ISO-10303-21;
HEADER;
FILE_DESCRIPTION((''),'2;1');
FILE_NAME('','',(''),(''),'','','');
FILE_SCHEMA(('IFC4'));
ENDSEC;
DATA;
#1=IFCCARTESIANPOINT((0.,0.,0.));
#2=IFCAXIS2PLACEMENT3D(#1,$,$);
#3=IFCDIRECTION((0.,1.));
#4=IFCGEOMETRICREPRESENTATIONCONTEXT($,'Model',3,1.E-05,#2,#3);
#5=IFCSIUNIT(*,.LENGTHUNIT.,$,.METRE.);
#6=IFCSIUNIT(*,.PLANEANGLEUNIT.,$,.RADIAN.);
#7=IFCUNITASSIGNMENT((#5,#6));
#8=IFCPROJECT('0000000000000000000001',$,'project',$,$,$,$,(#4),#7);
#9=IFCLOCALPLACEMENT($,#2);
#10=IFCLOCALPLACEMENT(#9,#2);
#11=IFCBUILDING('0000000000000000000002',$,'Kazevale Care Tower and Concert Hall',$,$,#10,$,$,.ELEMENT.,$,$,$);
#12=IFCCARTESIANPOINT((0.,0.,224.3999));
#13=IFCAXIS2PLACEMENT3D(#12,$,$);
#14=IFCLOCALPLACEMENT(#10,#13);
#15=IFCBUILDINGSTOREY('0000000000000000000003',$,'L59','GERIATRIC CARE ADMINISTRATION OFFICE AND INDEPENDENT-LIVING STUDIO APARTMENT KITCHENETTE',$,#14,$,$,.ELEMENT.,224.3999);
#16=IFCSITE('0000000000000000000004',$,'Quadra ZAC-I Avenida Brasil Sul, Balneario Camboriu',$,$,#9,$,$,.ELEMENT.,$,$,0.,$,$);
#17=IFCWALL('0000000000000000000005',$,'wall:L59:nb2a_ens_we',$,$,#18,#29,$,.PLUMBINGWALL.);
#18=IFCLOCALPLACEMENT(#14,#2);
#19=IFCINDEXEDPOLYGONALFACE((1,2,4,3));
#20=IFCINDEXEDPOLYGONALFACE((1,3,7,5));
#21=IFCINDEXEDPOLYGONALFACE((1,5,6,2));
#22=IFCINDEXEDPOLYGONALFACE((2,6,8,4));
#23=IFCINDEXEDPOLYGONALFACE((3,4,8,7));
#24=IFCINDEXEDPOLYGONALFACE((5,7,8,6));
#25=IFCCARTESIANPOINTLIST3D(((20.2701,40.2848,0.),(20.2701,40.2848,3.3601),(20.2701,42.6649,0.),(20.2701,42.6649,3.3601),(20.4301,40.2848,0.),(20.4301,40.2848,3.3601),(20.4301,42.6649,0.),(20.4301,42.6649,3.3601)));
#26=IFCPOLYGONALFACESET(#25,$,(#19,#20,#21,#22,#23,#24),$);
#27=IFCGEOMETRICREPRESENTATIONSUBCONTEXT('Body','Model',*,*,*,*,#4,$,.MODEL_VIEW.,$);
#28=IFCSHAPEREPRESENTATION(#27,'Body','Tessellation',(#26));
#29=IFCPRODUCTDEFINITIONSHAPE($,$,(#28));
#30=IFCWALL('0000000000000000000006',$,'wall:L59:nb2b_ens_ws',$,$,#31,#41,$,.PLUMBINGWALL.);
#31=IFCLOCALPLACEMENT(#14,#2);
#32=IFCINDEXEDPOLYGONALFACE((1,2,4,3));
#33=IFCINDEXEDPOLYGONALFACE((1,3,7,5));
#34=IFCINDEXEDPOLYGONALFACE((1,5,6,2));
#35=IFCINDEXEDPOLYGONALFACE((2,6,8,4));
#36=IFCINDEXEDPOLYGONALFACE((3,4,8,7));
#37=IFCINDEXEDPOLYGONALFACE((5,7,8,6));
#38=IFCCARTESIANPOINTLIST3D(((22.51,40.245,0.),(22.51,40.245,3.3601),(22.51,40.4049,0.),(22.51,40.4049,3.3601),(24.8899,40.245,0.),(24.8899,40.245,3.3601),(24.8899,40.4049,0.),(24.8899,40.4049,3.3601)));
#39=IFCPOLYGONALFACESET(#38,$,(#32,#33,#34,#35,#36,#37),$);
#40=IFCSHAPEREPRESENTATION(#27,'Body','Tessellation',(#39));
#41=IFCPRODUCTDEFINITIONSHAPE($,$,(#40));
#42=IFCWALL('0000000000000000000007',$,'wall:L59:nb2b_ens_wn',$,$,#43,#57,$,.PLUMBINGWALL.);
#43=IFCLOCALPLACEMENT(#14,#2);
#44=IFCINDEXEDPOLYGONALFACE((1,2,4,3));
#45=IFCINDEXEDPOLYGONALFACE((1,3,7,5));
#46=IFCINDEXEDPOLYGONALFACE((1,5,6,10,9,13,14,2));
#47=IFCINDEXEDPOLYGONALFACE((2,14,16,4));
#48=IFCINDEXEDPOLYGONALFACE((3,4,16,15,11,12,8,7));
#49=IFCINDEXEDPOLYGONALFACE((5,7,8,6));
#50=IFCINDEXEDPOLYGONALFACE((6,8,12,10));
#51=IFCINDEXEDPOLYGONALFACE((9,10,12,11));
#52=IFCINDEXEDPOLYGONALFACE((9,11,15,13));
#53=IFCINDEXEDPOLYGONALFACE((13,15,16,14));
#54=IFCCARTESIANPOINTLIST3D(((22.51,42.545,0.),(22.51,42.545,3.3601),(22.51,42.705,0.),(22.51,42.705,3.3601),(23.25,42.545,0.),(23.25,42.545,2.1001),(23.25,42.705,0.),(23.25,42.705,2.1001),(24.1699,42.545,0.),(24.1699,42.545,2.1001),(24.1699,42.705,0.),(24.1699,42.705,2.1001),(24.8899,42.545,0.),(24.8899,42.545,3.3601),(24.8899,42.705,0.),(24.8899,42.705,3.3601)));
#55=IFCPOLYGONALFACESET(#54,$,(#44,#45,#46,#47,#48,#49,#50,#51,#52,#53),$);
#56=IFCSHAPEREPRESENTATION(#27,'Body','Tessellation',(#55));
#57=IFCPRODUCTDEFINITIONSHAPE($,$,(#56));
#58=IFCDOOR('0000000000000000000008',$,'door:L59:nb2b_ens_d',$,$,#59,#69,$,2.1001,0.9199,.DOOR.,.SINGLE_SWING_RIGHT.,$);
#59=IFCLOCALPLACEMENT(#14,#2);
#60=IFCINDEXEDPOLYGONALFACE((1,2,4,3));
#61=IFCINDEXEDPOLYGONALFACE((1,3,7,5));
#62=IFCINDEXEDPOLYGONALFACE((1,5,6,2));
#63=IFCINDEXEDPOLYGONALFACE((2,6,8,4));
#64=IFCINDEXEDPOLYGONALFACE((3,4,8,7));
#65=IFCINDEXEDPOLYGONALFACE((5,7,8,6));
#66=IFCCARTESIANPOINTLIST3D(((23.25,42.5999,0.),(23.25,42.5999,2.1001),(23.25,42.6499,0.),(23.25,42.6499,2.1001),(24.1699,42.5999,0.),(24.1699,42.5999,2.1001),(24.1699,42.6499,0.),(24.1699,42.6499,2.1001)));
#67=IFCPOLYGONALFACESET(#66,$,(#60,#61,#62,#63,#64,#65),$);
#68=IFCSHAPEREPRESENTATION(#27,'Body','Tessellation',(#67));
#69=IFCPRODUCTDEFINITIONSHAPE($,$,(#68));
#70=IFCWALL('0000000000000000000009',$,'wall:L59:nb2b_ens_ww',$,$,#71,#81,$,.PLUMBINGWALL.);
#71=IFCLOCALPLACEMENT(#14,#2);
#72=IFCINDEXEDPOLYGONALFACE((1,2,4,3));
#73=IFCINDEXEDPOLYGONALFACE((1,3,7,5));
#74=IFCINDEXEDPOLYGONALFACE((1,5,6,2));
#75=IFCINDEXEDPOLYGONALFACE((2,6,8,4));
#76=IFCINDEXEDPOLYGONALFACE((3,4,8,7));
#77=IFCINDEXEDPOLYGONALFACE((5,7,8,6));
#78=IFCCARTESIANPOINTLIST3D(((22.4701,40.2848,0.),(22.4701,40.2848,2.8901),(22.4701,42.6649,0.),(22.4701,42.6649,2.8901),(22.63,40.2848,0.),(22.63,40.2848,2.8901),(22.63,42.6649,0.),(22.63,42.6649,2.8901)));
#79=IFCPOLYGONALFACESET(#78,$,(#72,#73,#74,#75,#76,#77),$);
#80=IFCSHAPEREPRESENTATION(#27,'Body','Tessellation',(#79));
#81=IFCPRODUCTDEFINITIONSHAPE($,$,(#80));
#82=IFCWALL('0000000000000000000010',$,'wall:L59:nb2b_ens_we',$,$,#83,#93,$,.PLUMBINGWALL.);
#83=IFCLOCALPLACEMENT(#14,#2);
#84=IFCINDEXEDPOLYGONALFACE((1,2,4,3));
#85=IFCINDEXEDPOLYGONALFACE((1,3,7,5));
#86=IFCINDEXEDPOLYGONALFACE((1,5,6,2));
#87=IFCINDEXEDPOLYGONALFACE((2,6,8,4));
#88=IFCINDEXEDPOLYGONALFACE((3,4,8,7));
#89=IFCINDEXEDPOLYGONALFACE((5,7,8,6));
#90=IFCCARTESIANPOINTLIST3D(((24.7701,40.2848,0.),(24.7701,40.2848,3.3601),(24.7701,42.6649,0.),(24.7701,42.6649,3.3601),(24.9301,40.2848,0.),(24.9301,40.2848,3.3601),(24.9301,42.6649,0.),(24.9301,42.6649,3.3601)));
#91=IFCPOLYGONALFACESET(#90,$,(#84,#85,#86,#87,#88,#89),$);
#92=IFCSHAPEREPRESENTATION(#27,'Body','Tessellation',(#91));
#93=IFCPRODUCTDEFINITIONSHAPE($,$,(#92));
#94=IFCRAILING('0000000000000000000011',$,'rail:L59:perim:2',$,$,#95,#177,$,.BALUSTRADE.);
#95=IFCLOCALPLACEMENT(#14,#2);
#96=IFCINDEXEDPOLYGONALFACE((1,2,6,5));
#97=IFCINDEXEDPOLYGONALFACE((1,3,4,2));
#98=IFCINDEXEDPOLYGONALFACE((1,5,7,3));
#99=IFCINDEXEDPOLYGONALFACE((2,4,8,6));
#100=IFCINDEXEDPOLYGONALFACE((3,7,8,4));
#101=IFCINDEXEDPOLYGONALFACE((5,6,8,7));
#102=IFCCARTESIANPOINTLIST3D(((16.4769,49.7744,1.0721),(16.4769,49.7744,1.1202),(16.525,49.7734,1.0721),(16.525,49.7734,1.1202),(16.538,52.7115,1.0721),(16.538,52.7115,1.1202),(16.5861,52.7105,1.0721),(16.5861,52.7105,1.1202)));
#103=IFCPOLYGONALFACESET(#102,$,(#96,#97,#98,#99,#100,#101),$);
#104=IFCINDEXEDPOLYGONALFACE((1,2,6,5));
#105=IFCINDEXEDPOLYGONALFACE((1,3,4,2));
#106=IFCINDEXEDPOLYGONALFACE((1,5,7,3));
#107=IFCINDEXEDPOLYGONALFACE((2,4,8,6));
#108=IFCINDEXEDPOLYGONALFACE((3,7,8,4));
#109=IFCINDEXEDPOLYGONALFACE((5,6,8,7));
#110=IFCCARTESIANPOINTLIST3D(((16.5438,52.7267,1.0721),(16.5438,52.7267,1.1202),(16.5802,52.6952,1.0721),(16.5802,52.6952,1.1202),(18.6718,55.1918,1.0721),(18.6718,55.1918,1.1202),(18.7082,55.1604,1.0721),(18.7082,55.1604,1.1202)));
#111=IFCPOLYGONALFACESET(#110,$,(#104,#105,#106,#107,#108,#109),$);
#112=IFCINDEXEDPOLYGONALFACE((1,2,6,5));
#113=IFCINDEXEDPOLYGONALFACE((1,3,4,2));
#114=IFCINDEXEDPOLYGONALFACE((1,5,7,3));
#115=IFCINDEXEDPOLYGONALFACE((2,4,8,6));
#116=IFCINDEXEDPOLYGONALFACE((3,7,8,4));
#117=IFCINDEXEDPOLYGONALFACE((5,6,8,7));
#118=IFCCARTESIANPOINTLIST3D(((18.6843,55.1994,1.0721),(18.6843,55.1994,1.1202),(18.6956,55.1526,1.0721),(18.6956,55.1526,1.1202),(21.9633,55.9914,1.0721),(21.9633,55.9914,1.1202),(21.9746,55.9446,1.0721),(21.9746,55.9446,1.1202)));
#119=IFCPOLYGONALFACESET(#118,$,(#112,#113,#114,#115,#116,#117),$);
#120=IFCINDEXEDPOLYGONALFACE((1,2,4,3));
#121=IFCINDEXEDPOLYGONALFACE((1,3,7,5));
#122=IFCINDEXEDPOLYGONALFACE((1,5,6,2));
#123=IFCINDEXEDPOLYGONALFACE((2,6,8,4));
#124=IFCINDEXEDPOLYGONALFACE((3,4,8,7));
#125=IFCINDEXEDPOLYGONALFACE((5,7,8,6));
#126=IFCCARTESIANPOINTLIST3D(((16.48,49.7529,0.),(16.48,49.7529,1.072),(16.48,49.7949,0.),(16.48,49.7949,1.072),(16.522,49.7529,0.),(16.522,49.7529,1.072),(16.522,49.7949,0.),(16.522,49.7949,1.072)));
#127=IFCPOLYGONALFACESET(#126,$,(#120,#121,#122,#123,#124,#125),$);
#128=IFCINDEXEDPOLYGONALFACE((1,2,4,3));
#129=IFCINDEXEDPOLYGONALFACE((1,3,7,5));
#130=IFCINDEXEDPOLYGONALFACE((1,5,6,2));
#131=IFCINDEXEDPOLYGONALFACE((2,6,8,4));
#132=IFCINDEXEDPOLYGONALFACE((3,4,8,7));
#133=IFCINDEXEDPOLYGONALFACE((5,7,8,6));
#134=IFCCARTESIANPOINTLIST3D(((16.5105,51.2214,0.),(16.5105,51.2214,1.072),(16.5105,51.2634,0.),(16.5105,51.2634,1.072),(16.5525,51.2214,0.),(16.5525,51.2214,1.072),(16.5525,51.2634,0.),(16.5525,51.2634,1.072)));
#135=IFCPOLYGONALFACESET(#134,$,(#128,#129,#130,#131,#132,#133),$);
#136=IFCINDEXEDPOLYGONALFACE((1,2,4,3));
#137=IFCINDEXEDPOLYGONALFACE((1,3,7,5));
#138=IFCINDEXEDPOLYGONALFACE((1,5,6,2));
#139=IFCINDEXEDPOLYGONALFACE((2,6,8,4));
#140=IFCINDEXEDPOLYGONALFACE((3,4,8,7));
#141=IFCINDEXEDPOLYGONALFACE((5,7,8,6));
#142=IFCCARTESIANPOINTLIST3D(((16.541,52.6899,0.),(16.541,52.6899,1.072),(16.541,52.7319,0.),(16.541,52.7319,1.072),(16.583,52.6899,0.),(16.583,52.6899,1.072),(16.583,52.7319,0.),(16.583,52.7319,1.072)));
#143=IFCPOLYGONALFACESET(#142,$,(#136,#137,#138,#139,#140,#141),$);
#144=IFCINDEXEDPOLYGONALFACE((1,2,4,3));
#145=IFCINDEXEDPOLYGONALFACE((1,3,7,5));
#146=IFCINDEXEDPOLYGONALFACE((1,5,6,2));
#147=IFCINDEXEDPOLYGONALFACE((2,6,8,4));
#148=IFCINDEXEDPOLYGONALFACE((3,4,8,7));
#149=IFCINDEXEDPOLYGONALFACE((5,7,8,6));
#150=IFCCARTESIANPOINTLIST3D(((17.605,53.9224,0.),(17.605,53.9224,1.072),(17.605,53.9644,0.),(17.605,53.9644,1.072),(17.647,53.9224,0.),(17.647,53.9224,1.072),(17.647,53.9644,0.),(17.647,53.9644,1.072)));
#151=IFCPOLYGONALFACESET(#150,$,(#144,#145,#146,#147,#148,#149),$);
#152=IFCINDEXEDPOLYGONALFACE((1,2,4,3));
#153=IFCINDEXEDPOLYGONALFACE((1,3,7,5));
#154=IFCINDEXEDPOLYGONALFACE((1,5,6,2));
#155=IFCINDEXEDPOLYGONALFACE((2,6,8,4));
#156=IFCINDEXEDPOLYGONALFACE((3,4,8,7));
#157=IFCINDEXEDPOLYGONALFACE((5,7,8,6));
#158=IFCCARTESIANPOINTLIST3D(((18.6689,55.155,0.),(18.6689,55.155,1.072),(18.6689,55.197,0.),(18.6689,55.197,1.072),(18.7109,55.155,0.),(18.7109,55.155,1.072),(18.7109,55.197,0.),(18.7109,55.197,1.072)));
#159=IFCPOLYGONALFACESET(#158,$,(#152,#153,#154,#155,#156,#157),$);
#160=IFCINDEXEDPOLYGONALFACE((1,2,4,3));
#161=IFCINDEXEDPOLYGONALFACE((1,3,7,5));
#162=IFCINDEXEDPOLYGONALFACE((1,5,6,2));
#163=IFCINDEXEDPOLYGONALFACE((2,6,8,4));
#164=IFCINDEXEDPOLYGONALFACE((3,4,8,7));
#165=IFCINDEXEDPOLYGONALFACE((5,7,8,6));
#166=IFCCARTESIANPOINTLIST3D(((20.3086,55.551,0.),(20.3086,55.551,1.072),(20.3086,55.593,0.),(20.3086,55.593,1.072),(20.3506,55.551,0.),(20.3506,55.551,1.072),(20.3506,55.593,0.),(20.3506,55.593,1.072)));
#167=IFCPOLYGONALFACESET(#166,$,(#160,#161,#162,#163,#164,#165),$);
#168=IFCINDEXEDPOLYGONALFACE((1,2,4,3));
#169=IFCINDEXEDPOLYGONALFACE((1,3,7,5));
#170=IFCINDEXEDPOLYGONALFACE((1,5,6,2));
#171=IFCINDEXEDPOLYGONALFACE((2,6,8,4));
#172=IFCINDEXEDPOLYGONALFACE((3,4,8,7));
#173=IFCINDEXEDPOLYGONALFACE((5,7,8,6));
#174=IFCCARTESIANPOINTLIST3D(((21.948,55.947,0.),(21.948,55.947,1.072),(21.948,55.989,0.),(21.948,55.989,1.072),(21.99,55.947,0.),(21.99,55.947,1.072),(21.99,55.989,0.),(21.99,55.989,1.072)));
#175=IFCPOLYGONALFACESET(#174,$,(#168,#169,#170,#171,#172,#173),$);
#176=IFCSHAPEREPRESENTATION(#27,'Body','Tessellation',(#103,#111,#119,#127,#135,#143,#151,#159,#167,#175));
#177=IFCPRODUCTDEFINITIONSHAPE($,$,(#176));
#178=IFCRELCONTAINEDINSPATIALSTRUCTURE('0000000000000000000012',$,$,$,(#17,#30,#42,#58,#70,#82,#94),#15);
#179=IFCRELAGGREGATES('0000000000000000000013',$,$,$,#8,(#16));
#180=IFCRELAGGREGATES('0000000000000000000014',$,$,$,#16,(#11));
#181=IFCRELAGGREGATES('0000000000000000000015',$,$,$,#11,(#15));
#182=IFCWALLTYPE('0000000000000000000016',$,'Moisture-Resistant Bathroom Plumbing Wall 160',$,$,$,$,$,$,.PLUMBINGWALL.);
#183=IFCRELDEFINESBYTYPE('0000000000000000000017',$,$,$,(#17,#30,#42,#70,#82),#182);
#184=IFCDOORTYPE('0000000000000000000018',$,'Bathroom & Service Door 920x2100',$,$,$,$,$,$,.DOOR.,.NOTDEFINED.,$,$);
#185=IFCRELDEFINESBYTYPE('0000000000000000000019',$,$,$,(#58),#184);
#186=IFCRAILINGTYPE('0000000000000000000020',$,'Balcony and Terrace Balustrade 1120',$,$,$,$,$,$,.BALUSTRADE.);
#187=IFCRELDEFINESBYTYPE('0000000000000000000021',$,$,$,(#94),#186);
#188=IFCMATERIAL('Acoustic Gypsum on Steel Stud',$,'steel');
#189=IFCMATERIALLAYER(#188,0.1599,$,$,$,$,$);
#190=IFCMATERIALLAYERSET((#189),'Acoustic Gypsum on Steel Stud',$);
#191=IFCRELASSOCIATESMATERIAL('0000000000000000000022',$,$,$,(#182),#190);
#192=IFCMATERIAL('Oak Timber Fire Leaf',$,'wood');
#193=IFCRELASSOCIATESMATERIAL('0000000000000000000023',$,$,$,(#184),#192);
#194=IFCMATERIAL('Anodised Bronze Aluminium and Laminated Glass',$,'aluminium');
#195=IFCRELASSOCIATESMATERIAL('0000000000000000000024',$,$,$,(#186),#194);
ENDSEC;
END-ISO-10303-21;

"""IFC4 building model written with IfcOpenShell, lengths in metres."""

from ifc_helpers import new_model, si_unit, direction, frame, frame_2d, origin, origin_2d, place, context, subcontext, project, spatial, rectangle, extrude, material, layer, layer_set, type_object, element, fill, save


model = new_model("IFC4")

# Units and contexts
model_context = context("Model", 3, precision=1e-05, world=origin(), true_north=direction((0.0, 1.0)))
body_context = subcontext(model_context, "Body", "Model", "MODEL_VIEW")
ifc_project = project(units=[si_unit("LENGTHUNIT", "METRE"), si_unit("PLANEANGLEUNIT", "RADIAN")], contexts=[model_context])

# Site, building, storey
site_placement = place(None, origin())
site = spatial("IfcSite", under=ifc_project, at=site_placement, Name="Quadra ZAC-I Avenida Brasil Sul, Balneario Camboriu", CompositionType="ELEMENT", RefElevation=0.0)
building_placement = place(site_placement, origin())
building = spatial("IfcBuilding", under=site, at=building_placement, Name="Kazevale Care Tower and Concert Hall", CompositionType="ELEMENT")
storey_placement = place(building_placement, frame((0.0, 0.0, 224.3999)))
storey = spatial("IfcBuildingStorey", under=building, at=storey_placement, Name="L59", Description="GERIATRIC CARE ADMINISTRATION OFFICE AND INDEPENDENT-LIVING STUDIO APARTMENT KITCHENETTE", CompositionType="ELEMENT", Elevation=224.3999)

# Shared definitions
ifc_material_1 = material(Name="Acoustic Gypsum on Steel Stud", Category="steel")
ifc_layer_1 = layer(ifc_material_1, 0.1599)
ifc_layer_set_1 = layer_set([ifc_layer_1], Name="Acoustic Gypsum on Steel Stud")
wall_type_1 = type_object("IfcWallType", Name="Moisture-Resistant Bathroom Plumbing Wall 160", PredefinedType="PLUMBINGWALL", material=ifc_layer_set_1)

# Shared definitions
ifc_material_2 = material(Name="Oak Timber Fire Leaf", Category="wood")
door_type = type_object("IfcDoorType", Name="Bathroom & Service Door 920x2100", OperationType="NOTDEFINED", PredefinedType="DOOR", material=ifc_material_2)

# Walls
for number, where, z_axis, x_axis, name in (
    (1, (20.3501, 40.2849, 0.0), (0.0, 0.0, 1.0), (0.0, 1.0, 0.0), "wall:L59:nb2a_ens_we"),
):
    element("IfcWall", number, at=place(storey_placement, frame(where, z_axis=z_axis, x_axis=x_axis)), inside=storey, type_object=wall_type_1, Name=name, PredefinedType="PLUMBINGWALL", context=body_context, shape_type="SweptSolid", body=[
        extrude(rectangle(XDim=2.3801, YDim=0.1599, at=frame_2d((1.1899, 0.0))), origin(), (0.0, 0.0, 1.0), 3.3601),
    ])
wall_1_placement = place(storey_placement, frame((22.51, 40.325, 0.0), z_axis=(0.0, 0.0, 1.0), x_axis=(1.0, 0.0, 0.0)))
element("IfcWall", 2, at=wall_1_placement, inside=storey, type_object=wall_type_1, Name="wall:L59:nb2b_ens_ws", PredefinedType="PLUMBINGWALL", context=body_context, shape_type="SweptSolid", body=[
    extrude(rectangle(XDim=2.3799, YDim=0.1599, at=frame_2d((1.1899, 0.0))), origin(), (0.0, 0.0, 1.0), 3.3601),
])

# Wall, opening, door
wall_2_placement = place(storey_placement, frame((22.51, 42.625, 0.0), z_axis=(0.0, 0.0, 1.0), x_axis=(1.0, 0.0, 0.0)))
wall_2 = element("IfcWall", 3, at=wall_2_placement, inside=storey, type_object=wall_type_1, Name="wall:L59:nb2b_ens_wn", PredefinedType="PLUMBINGWALL", context=body_context, shape_type="SweptSolid", body=[
    extrude(rectangle(XDim=2.3799, YDim=0.1599, at=frame_2d((1.1899, 0.0))), origin(), (0.0, 0.0, 1.0), 3.3601),
])
opening_1_placement = place(wall_2_placement, frame((0.74, 0.0, 0.0)))
opening_1 = element("IfcOpeningElement", 4, at=opening_1_placement, cuts=wall_2, PredefinedType="OPENING", context=body_context, shape_type="SweptSolid", body=[
    extrude(rectangle(XDim=0.9199, YDim=2.1001, at=frame_2d((0.46, 1.05))), frame((0.0, 0.0898, 0.0), z_axis=(0.0, -1.0, 0.0), x_axis=(1.0, 0.0, 0.0)), (0.0, 0.0, 1.0), 0.1799),
])
door_1_placement = place(opening_1_placement, origin())
door_1 = element("IfcDoor", 5, at=door_1_placement, inside=storey, type_object=door_type, Name="door:L59:nb2b_ens_d", OperationType="SINGLE_SWING_RIGHT", OverallHeight=2.1001, OverallWidth=0.9199, PredefinedType="DOOR", context=body_context, shape_type="SweptSolid", body=[
    extrude(rectangle(XDim=0.9199, YDim=2.1001, at=frame_2d((0.46, 1.05))), frame((0.0, 0.0249, 0.0), z_axis=(0.0, -1.0, 0.0), x_axis=(1.0, 0.0, 0.0)), (0.0, 0.0, 1.0), 0.05),
])
fill(opening_1, door_1)

# Walls
wall_3_placement = place(storey_placement, frame((22.55, 40.2849, 0.0), z_axis=(0.0, 0.0, 1.0), x_axis=(0.0, 1.0, 0.0)))
element("IfcWall", 6, at=wall_3_placement, inside=storey, type_object=wall_type_1, Name="wall:L59:nb2b_ens_ww", PredefinedType="PLUMBINGWALL", context=body_context, shape_type="SweptSolid", body=[
    extrude(rectangle(XDim=2.3801, YDim=0.1599, at=frame_2d((1.1899, 0.0))), origin(), (0.0, 0.0, 1.0), 2.8901),
])
wall_4_placement = place(storey_placement, frame((24.8501, 40.2849, 0.0), z_axis=(0.0, 0.0, 1.0), x_axis=(0.0, 1.0, 0.0)))
element("IfcWall", 7, at=wall_4_placement, inside=storey, type_object=wall_type_1, Name="wall:L59:nb2b_ens_we", PredefinedType="PLUMBINGWALL", context=body_context, shape_type="SweptSolid", body=[
    extrude(rectangle(XDim=2.3801, YDim=0.1599, at=frame_2d((1.1899, 0.0))), origin(), (0.0, 0.0, 1.0), 3.3601),
])

# Railing
ifc_material_3 = material(Name="Anodised Bronze Aluminium and Laminated Glass", Category="aluminium")
railing_type = type_object("IfcRailingType", Name="Balcony and Terrace Balustrade 1120", PredefinedType="BALUSTRADE", material=ifc_material_3)
railing_1_placement = place(storey_placement, frame((16.501, 49.7739, 0.0)))
element("IfcRailing", 8, at=railing_1_placement, inside=storey, type_object=railing_type, Name="rail:L59:perim:2", PredefinedType="BALUSTRADE", context=body_context, shape_type="SweptSolid", body=[
    extrude(rectangle(XDim=0.0481, YDim=0.0481, at=origin_2d()), frame((0.0, 0.0, 1.0962), z_axis=(0.020777, 0.999784, 0.0), x_axis=(-0.999784, 0.020777, 0.0)), (0.0, 0.0, 1.0), 2.9377),
    extrude(rectangle(XDim=0.0481, YDim=0.0481, at=origin_2d()), frame((0.061, 2.937, 1.0962), z_axis=(0.653442, 0.756976, 0.0), x_axis=(-0.756976, 0.653442, 0.0)), (0.0, 0.0, 1.0), 3.2566),
    extrude(rectangle(XDim=0.0481, YDim=0.0481, at=origin_2d()), frame((2.189, 5.4021, 1.0962), z_axis=(0.972049, 0.23478, 0.0), x_axis=(-0.23478, 0.972049, 0.0)), (0.0, 0.0, 1.0), 3.3733),
    extrude(rectangle(XDim=0.042, YDim=0.042, at=origin_2d()), origin(), (0.0, 0.0, 1.0), 1.072),
    extrude(rectangle(XDim=0.042, YDim=0.042, at=origin_2d()), frame((0.0305, 1.4685, 0.0)), (0.0, 0.0, 1.0), 1.072),
    extrude(rectangle(XDim=0.042, YDim=0.042, at=origin_2d()), frame((0.061, 2.937, 0.0)), (0.0, 0.0, 1.0), 1.072),
    extrude(rectangle(XDim=0.042, YDim=0.042, at=origin_2d()), frame((1.125, 4.1694, 0.0)), (0.0, 0.0, 1.0), 1.072),
    extrude(rectangle(XDim=0.042, YDim=0.042, at=origin_2d()), frame((2.189, 5.4021, 0.0)), (0.0, 0.0, 1.0), 1.072),
    extrude(rectangle(XDim=0.042, YDim=0.042, at=origin_2d()), frame((3.8286, 5.7981, 0.0)), (0.0, 0.0, 1.0), 1.072),
    extrude(rectangle(XDim=0.042, YDim=0.042, at=origin_2d()), frame((5.468, 6.1941, 0.0)), (0.0, 0.0, 1.0), 1.072),
])

save(model, "model.ifc")
